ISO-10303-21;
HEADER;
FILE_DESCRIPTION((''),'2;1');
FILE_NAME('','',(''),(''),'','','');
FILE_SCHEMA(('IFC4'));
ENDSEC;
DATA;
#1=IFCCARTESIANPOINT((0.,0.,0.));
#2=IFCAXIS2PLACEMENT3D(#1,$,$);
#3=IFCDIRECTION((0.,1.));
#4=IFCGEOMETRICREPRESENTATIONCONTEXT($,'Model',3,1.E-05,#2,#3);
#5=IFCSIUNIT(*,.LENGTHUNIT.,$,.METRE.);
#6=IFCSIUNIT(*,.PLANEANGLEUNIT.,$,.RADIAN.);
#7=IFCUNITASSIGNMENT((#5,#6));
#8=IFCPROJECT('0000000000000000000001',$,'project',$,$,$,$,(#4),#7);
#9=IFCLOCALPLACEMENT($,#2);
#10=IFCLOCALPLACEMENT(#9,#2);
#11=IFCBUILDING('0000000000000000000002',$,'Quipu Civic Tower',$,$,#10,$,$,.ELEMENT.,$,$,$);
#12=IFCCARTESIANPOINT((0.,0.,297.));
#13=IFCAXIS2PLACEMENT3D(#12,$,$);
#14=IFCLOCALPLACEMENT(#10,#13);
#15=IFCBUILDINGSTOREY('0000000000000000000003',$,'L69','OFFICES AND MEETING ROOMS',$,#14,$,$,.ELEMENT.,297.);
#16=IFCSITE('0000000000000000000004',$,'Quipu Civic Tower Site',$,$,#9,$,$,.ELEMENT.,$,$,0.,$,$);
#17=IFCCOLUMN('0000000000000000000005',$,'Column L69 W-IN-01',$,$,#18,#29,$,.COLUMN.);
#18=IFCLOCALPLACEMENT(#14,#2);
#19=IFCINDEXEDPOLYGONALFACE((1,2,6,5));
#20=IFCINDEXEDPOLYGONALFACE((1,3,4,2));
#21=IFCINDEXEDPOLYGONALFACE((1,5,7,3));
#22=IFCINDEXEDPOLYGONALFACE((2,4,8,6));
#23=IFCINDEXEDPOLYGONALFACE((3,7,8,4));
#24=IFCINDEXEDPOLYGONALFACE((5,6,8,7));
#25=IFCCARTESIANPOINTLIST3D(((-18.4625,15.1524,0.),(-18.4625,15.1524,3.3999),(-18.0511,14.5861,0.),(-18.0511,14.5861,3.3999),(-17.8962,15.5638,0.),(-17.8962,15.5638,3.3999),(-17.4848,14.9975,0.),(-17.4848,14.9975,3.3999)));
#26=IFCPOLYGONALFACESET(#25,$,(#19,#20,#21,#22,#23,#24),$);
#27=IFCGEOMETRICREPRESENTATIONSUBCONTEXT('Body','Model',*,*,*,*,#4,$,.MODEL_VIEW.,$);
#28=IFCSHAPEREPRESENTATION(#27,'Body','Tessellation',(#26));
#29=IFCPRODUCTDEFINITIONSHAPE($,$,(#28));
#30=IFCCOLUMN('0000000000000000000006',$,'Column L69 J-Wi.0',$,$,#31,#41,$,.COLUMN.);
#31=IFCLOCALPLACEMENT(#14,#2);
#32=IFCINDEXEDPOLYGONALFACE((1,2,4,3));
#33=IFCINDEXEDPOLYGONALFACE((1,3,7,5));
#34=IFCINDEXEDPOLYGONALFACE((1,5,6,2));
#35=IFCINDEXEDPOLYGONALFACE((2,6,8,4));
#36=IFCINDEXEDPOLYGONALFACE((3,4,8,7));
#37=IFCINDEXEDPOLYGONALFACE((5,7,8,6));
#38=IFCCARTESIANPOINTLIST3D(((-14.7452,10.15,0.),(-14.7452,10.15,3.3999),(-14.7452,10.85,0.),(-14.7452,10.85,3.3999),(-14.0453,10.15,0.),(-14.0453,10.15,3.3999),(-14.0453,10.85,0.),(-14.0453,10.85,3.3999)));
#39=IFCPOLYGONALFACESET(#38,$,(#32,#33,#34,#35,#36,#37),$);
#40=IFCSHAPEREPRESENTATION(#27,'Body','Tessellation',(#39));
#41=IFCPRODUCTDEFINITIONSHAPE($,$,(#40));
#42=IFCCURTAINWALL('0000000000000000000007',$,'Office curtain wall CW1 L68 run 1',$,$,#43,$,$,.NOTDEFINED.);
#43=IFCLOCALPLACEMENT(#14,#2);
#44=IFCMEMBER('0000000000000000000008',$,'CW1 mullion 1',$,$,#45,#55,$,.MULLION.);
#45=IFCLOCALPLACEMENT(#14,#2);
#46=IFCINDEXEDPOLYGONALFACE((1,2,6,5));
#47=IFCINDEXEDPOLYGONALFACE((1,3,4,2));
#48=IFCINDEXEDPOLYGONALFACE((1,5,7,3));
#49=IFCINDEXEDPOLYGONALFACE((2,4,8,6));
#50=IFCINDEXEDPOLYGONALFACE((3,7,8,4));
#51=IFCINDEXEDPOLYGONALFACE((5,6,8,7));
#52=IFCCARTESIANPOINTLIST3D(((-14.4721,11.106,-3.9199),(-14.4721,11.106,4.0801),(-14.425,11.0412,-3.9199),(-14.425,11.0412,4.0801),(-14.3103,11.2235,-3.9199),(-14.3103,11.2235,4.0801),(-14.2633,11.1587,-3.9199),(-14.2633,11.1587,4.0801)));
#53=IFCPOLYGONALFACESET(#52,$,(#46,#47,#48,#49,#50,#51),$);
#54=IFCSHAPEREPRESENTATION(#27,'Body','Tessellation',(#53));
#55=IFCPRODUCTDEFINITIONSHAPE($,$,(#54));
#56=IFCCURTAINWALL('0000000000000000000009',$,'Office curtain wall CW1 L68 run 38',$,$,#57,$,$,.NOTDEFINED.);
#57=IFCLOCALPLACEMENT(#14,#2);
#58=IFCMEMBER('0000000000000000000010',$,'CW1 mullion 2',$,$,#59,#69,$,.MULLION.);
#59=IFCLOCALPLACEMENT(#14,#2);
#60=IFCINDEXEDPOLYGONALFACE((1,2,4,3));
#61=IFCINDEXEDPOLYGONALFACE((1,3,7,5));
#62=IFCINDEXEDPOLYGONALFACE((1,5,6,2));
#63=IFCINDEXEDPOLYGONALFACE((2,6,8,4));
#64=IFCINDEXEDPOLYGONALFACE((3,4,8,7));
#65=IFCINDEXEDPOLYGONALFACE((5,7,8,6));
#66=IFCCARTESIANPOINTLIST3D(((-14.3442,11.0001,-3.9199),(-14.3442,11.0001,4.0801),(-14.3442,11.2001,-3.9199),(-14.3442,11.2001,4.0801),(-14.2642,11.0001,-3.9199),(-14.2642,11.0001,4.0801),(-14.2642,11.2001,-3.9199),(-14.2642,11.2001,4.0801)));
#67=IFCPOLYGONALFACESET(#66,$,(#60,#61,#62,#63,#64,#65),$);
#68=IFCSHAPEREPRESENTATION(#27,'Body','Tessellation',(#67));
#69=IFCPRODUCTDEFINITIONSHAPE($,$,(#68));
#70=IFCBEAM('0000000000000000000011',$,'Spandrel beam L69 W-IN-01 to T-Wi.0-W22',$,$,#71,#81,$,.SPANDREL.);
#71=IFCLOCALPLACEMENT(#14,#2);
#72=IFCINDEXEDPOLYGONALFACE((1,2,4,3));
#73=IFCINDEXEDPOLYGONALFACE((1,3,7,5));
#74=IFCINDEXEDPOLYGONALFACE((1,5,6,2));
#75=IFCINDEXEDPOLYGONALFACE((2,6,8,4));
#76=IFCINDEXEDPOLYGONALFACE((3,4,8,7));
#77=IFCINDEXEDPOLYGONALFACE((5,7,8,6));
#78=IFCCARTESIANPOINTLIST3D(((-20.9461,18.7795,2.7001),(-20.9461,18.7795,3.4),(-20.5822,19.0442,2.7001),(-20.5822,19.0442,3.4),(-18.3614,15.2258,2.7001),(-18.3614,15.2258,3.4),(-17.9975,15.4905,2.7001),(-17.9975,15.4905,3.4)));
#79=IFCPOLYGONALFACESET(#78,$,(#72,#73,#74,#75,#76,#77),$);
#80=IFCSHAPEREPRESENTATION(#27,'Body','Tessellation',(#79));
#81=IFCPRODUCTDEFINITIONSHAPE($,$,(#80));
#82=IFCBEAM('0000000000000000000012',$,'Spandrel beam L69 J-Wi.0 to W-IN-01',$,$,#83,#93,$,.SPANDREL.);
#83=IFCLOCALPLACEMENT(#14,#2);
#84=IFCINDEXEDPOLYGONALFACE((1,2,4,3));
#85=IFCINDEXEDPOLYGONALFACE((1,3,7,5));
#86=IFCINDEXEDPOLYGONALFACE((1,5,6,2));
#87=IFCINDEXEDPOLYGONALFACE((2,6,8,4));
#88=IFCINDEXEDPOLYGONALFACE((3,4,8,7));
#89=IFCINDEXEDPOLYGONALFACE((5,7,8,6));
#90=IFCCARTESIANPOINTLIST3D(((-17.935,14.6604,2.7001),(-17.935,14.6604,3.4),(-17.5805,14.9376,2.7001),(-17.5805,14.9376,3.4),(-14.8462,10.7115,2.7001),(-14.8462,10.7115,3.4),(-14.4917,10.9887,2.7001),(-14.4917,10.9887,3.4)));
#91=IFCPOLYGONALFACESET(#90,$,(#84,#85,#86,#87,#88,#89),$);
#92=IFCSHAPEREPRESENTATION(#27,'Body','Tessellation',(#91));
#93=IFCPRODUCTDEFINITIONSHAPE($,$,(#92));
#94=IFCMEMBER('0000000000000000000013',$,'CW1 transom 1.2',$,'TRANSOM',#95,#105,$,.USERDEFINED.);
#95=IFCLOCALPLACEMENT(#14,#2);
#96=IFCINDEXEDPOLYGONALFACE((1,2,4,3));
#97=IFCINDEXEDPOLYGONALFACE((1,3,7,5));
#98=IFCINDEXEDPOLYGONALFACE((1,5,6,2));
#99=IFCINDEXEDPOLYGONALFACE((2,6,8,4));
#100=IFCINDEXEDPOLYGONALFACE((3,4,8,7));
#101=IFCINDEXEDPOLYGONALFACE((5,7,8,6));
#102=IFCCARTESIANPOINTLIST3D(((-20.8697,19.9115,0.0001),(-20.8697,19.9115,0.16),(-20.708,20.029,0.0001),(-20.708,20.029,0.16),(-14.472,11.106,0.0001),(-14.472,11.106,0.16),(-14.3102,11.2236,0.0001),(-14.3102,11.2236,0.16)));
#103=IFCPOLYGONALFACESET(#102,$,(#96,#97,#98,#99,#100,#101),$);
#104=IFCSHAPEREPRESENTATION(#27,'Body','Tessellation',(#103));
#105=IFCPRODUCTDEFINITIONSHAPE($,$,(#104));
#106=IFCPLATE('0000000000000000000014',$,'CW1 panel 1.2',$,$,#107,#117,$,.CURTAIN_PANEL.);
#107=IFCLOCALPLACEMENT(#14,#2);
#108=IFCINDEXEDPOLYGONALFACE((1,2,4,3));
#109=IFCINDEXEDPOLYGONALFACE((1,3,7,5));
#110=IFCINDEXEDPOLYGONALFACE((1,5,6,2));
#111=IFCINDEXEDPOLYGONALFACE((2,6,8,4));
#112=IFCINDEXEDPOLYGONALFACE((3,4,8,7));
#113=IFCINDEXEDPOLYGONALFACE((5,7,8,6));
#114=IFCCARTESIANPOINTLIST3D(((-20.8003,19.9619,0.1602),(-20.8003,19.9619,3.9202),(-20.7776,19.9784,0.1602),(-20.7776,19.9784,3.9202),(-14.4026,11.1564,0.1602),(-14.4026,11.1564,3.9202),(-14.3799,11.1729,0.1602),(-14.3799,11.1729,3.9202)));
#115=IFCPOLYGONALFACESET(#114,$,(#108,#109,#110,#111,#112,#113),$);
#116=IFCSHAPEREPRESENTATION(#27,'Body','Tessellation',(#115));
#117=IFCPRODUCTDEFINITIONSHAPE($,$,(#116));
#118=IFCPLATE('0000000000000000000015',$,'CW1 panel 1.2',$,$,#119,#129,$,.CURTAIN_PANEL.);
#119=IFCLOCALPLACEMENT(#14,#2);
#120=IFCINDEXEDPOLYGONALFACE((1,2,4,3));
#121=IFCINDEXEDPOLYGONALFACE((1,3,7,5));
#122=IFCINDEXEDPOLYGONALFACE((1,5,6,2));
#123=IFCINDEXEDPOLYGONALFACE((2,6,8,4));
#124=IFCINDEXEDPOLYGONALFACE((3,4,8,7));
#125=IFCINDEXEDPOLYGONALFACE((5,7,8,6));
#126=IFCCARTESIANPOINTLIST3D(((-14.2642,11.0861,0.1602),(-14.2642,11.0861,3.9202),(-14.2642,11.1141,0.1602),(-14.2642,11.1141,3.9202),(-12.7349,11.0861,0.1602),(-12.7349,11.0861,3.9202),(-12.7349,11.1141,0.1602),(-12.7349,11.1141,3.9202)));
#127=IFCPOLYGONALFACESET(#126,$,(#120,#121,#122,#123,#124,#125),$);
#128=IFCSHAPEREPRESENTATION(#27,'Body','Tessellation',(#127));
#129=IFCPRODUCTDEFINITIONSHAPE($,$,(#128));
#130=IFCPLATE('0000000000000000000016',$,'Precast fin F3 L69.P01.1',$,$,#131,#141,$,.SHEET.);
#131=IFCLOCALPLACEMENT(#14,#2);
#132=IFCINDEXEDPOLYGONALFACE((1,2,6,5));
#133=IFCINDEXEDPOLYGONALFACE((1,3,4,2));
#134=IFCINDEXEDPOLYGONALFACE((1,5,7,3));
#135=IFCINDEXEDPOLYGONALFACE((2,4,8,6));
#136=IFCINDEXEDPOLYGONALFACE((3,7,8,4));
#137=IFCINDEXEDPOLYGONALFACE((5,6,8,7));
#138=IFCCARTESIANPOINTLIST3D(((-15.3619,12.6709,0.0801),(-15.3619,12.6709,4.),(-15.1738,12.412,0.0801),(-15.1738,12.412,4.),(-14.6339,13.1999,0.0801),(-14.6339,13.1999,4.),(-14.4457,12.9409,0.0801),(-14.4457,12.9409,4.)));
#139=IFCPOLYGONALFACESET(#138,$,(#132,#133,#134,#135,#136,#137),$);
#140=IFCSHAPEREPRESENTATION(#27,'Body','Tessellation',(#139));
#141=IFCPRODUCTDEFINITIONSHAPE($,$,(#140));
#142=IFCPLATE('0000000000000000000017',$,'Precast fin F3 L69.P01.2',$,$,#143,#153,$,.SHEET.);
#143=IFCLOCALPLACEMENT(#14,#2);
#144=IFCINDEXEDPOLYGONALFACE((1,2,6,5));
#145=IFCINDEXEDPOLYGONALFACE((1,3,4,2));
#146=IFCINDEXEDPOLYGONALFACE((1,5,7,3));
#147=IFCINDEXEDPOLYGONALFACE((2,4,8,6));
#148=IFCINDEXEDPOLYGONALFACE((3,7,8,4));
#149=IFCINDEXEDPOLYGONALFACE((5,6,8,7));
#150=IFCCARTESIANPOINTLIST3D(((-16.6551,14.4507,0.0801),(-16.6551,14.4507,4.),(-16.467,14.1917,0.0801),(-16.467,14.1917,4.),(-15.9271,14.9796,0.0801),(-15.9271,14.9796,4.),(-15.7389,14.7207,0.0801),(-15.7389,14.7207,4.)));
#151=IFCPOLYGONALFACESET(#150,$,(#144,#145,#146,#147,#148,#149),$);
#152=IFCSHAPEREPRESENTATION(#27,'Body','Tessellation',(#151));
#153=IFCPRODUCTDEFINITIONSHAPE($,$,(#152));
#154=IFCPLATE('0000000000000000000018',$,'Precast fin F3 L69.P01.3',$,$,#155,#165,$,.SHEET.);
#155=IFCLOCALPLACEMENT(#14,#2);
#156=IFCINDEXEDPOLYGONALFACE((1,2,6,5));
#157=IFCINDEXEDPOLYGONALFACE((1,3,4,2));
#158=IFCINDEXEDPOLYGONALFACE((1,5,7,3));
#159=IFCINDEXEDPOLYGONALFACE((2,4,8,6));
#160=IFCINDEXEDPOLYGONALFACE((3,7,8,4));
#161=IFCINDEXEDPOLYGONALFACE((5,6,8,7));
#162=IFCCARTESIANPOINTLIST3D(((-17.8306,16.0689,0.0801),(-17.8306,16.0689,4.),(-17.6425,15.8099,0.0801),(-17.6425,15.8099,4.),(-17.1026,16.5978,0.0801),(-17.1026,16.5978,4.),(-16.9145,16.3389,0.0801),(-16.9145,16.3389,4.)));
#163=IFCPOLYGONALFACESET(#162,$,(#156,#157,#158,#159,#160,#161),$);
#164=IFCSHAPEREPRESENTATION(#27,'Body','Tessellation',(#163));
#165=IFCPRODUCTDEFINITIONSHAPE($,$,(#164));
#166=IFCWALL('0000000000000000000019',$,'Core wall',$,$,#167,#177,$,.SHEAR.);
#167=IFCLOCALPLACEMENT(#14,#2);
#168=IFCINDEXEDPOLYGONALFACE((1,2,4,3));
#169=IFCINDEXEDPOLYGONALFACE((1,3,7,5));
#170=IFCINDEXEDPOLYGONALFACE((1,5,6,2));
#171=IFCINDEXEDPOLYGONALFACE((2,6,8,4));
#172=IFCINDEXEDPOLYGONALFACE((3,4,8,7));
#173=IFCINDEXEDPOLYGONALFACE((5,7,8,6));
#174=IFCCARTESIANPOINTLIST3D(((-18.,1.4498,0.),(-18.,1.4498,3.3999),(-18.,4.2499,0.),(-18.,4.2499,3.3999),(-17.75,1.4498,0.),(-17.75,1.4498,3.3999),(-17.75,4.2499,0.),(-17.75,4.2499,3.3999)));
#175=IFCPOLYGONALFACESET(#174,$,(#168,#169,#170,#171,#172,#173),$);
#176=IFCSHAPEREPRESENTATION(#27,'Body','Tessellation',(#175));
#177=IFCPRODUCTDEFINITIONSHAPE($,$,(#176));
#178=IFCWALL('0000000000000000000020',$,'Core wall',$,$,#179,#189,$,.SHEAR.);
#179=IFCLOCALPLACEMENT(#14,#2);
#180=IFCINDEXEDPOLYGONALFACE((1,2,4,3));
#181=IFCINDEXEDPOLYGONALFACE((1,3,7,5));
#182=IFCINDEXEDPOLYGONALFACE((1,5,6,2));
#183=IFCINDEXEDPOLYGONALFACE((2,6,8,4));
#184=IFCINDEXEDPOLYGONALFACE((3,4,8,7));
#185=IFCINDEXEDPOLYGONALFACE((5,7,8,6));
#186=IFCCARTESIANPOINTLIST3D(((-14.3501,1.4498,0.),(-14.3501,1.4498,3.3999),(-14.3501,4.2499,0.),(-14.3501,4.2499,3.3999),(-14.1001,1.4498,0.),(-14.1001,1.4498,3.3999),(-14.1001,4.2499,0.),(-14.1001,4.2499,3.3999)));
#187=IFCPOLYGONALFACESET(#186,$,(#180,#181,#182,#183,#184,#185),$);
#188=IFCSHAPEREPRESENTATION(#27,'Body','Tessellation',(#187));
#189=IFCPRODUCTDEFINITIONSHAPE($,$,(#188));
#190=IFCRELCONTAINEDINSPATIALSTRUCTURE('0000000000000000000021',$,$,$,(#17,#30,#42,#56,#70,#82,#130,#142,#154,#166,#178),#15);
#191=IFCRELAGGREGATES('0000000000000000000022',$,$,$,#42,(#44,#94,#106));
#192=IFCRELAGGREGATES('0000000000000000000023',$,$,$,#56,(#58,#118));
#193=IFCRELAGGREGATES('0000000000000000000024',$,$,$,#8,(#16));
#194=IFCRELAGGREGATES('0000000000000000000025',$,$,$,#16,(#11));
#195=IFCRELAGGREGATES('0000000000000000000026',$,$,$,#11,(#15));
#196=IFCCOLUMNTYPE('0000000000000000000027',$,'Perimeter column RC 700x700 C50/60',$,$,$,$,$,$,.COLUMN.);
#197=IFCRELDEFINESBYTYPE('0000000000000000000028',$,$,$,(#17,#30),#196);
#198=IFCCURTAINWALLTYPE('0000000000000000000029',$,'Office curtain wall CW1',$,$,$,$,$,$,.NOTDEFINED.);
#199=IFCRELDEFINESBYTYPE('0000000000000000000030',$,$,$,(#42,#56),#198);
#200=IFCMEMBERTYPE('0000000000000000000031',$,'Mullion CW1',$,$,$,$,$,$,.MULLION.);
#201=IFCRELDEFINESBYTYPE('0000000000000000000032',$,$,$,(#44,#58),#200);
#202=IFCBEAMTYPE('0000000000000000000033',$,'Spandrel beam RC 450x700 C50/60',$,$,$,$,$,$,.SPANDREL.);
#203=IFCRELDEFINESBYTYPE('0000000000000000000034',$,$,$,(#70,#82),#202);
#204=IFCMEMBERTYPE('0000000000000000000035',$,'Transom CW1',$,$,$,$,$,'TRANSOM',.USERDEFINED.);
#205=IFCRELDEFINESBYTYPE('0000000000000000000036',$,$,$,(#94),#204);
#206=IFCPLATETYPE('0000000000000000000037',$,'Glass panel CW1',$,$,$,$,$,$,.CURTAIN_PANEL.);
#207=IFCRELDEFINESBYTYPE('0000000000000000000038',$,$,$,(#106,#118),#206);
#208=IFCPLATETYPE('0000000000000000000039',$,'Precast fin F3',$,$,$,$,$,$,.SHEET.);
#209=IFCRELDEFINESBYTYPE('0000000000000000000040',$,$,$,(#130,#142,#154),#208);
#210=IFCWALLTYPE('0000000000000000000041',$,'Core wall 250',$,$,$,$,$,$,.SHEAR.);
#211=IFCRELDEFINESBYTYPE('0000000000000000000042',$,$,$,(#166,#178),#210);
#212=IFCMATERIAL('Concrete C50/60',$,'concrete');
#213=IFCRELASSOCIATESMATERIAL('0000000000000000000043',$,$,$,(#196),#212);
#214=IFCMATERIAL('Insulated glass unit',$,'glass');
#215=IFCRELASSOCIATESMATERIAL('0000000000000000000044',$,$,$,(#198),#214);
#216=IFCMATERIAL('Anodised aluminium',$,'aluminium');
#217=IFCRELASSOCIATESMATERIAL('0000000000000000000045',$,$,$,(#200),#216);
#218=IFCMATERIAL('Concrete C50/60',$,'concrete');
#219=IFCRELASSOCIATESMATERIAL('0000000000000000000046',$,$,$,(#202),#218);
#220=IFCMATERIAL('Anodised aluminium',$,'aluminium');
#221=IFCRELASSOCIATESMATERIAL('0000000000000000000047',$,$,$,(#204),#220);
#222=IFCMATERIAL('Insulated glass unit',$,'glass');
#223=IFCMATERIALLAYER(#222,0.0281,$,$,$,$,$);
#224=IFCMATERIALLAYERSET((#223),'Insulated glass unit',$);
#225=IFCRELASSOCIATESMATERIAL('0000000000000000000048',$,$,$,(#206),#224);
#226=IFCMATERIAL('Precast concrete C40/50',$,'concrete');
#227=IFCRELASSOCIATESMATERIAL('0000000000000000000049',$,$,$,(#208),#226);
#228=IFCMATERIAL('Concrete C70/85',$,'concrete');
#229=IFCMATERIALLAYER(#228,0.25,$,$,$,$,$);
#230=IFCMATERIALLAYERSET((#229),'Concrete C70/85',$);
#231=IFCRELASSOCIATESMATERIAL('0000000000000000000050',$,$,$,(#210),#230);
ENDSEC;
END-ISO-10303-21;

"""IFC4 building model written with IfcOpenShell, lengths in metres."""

from ifc_helpers import new_model, si_unit, direction, frame, frame_2d, origin, origin_2d, place, context, subcontext, project, spatial, rectangle, extrude, material, layer, layer_set, material_profile, profile_set, type_object, element, aggregate, save


model = new_model("IFC4")

# Units and contexts
model_context = context("Model", 3, precision=1e-05, world=origin(), true_north=direction((0.0, 1.0)))
body_context = subcontext(model_context, "Body", "Model", "MODEL_VIEW")
ifc_project = project(units=[si_unit("LENGTHUNIT", "METRE"), si_unit("PLANEANGLEUNIT", "RADIAN")], contexts=[model_context])

# Site, building, storey
site_placement = place(None, origin())
site = spatial("IfcSite", under=ifc_project, at=site_placement, Name="Quipu Civic Tower Site", CompositionType="ELEMENT", RefElevation=0.0)
building_placement = place(site_placement, origin())
building = spatial("IfcBuilding", under=site, at=building_placement, Name="Quipu Civic Tower", CompositionType="ELEMENT")
storey_placement = place(building_placement, frame((0.0, 0.0, 297.0)))
storey = spatial("IfcBuildingStorey", under=building, at=storey_placement, Name="L69", Description="OFFICES AND MEETING ROOMS", CompositionType="ELEMENT", Elevation=297.0)

# Columns
ifc_material_1 = material(Name="Concrete C50/60", Category="concrete")
ifc_material_profile_1 = material_profile(ifc_material_1, rectangle(XDim=0.7, YDim=0.7, at=origin_2d()), Name="RC700x700")
ifc_profile_set_1 = profile_set([ifc_material_profile_1], Name="Concrete C50/60")
column_type = type_object("IfcColumnType", Name="Perimeter column RC 700x700 C50/60", PredefinedType="COLUMN", material=ifc_profile_set_1)
for number, where, z_axis, x_axis, name in (
    (1, (-17.9736, 15.075, 0.0), (0.0, 0.0, 1.0), (-0.587785, 0.809017, 0.0), "Column L69 W-IN-01"),
    (2, (-14.3953, 10.5, 0.0), (0.0, 0.0, 1.0), (-1.0, 0.0, 0.0), "Column L69 J-Wi.0"),
):
    element("IfcColumn", number, at=place(storey_placement, frame(where, z_axis=z_axis, x_axis=x_axis)), inside=storey, type_object=column_type, Name=name, PredefinedType="COLUMN", context=body_context, shape_type="SweptSolid", body=[
        extrude(rectangle(XDim=0.7, YDim=0.7, at=origin_2d()), origin(), (0.0, 0.0, 1.0), 3.3999),
    ])

# Curtain walls, members
ifc_material_2 = material(Name="Insulated glass unit", Category="glass")
curtain_wall_type = type_object("IfcCurtainWallType", Name="Office curtain wall CW1", PredefinedType="NOTDEFINED", material=ifc_material_2)
curtain_wall_1_placement = place(storey_placement, origin())
curtain_wall_1 = element("IfcCurtainWall", 3, at=curtain_wall_1_placement, inside=storey, type_object=curtain_wall_type, Name="Office curtain wall CW1 L68 run 1", PredefinedType="NOTDEFINED")
ifc_material_3 = material(Name="Anodised aluminium", Category="aluminium")
ifc_material_profile_2 = material_profile(ifc_material_3, rectangle(XDim=0.2, YDim=0.0801, at=origin_2d()), Name="RECT 200x80")
ifc_profile_set_2 = profile_set([ifc_material_profile_2], Name="Anodised aluminium")
member_type_1 = type_object("IfcMemberType", Name="Mullion CW1", PredefinedType="MULLION", material=ifc_profile_set_2)
member_1_placement = place(storey_placement, frame((-14.3677, 11.1323, -3.9199), z_axis=(0.0, 0.0, 1.0), x_axis=(-0.809015, -0.587788, 0.0)))
member_1 = element("IfcMember", 4, at=member_1_placement, type_object=member_type_1, Name="CW1 mullion 1", PredefinedType="MULLION", context=body_context, shape_type="SweptSolid", body=[
    extrude(rectangle(XDim=0.2, YDim=0.0801, at=origin_2d()), origin(), (0.0, 0.0, 1.0), 8.0),
])
curtain_wall_2_placement = place(storey_placement, origin())
curtain_wall_2 = element("IfcCurtainWall", 5, at=curtain_wall_2_placement, inside=storey, type_object=curtain_wall_type, Name="Office curtain wall CW1 L68 run 38", PredefinedType="NOTDEFINED")
member_2_placement = place(storey_placement, frame((-14.3042, 11.1001, -3.9199), z_axis=(0.0, 0.0, 1.0), x_axis=(0.0, -1.0, 0.0)))
member_2 = element("IfcMember", 6, at=member_2_placement, type_object=member_type_1, Name="CW1 mullion 2", PredefinedType="MULLION", context=body_context, shape_type="SweptSolid", body=[
    extrude(rectangle(XDim=0.2, YDim=0.0801, at=origin_2d()), origin(), (0.0, 0.0, 1.0), 8.0),
])

# Beams
ifc_material_4 = material(Name="Concrete C50/60", Category="concrete")
ifc_material_profile_3 = material_profile(ifc_material_4, rectangle(XDim=0.45, YDim=0.7, at=origin_2d()), Name="RC450x700")
ifc_profile_set_3 = profile_set([ifc_material_profile_3], Name="Concrete C50/60")
beam_type = type_object("IfcBeamType", Name="Spandrel beam RC 450x700 C50/60", PredefinedType="SPANDREL", material=ifc_profile_set_3)
beam_1_placement = place(storey_placement, frame((-18.1794, 15.3582, 3.05), z_axis=(-0.588201, 0.808714, 0.0), x_axis=(-0.808714, -0.588201, 0.0)))
element("IfcBeam", 7, at=beam_1_placement, inside=storey, type_object=beam_type, Name="Spandrel beam L69 W-IN-01 to T-Wi.0-W22", PredefinedType="SPANDREL", context=body_context, shape_type="SweptSolid", body=[
    extrude(rectangle(XDim=0.45, YDim=0.7, at=origin_2d()), origin(), (0.0, 0.0, 1.0), 4.3943),
])
beam_2_placement = place(storey_placement, frame((-14.6689, 10.8501, 3.05), z_axis=(-0.616106, 0.787663, 0.0), x_axis=(-0.787663, -0.616106, 0.0)))
element("IfcBeam", 8, at=beam_2_placement, inside=storey, type_object=beam_type, Name="Spandrel beam L69 J-Wi.0 to W-IN-01", PredefinedType="SPANDREL", context=body_context, shape_type="SweptSolid", body=[
    extrude(rectangle(XDim=0.45, YDim=0.7, at=origin_2d()), origin(), (0.0, 0.0, 1.0), 5.0134),
])

# Member
ifc_material_5 = material(Name="Anodised aluminium", Category="aluminium")
ifc_material_profile_4 = material_profile(ifc_material_5, rectangle(XDim=0.2, YDim=0.1599, at=origin_2d()), Name="RECT 200x160")
ifc_profile_set_4 = profile_set([ifc_material_profile_4], Name="Anodised aluminium")
member_type_2 = type_object("IfcMemberType", Name="Transom CW1", ElementType="TRANSOM", PredefinedType="USERDEFINED", material=ifc_profile_set_4)
member_3_placement = place(storey_placement, frame((-14.3911, 11.1648, 0.0801), z_axis=(-0.587797, 0.809009, 0.0), x_axis=(-0.809009, -0.587797, 0.0)))
member_3 = element("IfcMember", 9, at=member_3_placement, type_object=member_type_2, Name="CW1 transom 1.2", ObjectType="TRANSOM", PredefinedType="USERDEFINED", context=body_context, shape_type="SweptSolid", body=[
    extrude(rectangle(XDim=0.2, YDim=0.1599, at=origin_2d()), origin(), (0.0, 0.0, 1.0), 10.8843),
])

# Plates
ifc_material_6 = material(Name="Insulated glass unit", Category="glass")
ifc_layer_1 = layer(ifc_material_6, 0.0281)
ifc_layer_set_1 = layer_set([ifc_layer_1], Name="Insulated glass unit")
plate_type_1 = type_object("IfcPlateType", Name="Glass panel CW1", PredefinedType="CURTAIN_PANEL", material=ifc_layer_set_1)
plate_1_placement = place(storey_placement, frame((-17.5901, 15.5674, 0.1602), z_axis=(0.0, 0.0, 1.0), x_axis=(-0.587788, 0.809015, 0.0)))
plate_1 = element("IfcPlate", 10, at=plate_1_placement, type_object=plate_type_1, Name="CW1 panel 1.2", PredefinedType="CURTAIN_PANEL", context=body_context, shape_type="SweptSolid", body=[
    extrude(rectangle(XDim=10.8843, YDim=0.0281, at=origin_2d()), origin(), (0.0, 0.0, 1.0), 3.76),
])
aggregate(curtain_wall_1, [member_1, member_3, plate_1])
plate_2_placement = place(storey_placement, frame((-13.4995, 11.1001, 0.1602), z_axis=(0.0, 0.0, 1.0), x_axis=(-1.0, 0.0, 0.0)))
plate_2 = element("IfcPlate", 11, at=plate_2_placement, type_object=plate_type_1, Name="CW1 panel 1.2", PredefinedType="CURTAIN_PANEL", context=body_context, shape_type="SweptSolid", body=[
    extrude(rectangle(XDim=1.5293, YDim=0.0281, at=origin_2d()), origin(), (0.0, 0.0, 1.0), 3.76),
])
aggregate(curtain_wall_2, [member_2, plate_2])

# Plates
ifc_material_7 = material(Name="Precast concrete C40/50", Category="concrete")
plate_type_2 = type_object("IfcPlateType", Name="Precast fin F3", PredefinedType="SHEET", material=ifc_material_7)
for number, where, z_axis, x_axis, name in (
    (12, (-14.9038, 12.8059, 0.0801), (0.0, 0.0, 1.0), (-0.587784, 0.809018, 0.0), "Precast fin F3 L69.P01.1"),
    (13, (-16.197, 14.5857, 0.0801), (0.0, 0.0, 1.0), (-0.587784, 0.809018, 0.0), "Precast fin F3 L69.P01.2"),
    (14, (-17.3726, 16.2039, 0.0801), (0.0, 0.0, 1.0), (-0.587784, 0.809018, 0.0), "Precast fin F3 L69.P01.3"),
):
    element("IfcPlate", number, at=place(storey_placement, frame(where, z_axis=z_axis, x_axis=x_axis)), inside=storey, type_object=plate_type_2, Name=name, PredefinedType="SHEET", context=body_context, shape_type="SweptSolid", body=[
        extrude(rectangle(XDim=0.3201, YDim=0.8999, at=origin_2d()), origin(), (0.0, 0.0, 1.0), 3.9199),
    ])

# Walls
ifc_material_8 = material(Name="Concrete C70/85", Category="concrete")
ifc_layer_2 = layer(ifc_material_8, 0.25)
ifc_layer_set_2 = layer_set([ifc_layer_2], Name="Concrete C70/85")
wall_type_1 = type_object("IfcWallType", Name="Core wall 250", PredefinedType="SHEAR", material=ifc_layer_set_2)
for number, where, z_axis, x_axis, name in (
    (15, (-17.875, 1.45, 0.0), (0.0, 0.0, 1.0), (0.0, 1.0, 0.0), "Core wall"),
    (16, (-14.2251, 1.45, 0.0), (0.0, 0.0, 1.0), (0.0, 1.0, 0.0), "Core wall"),
):
    element("IfcWall", number, at=place(storey_placement, frame(where, z_axis=z_axis, x_axis=x_axis)), inside=storey, type_object=wall_type_1, Name=name, PredefinedType="SHEAR", context=body_context, shape_type="SweptSolid", body=[
        extrude(rectangle(XDim=2.8, YDim=0.25, at=frame_2d((1.3999, 0.0))), origin(), (0.0, 0.0, 1.0), 3.3999),
    ])

save(model, "model.ifc")
